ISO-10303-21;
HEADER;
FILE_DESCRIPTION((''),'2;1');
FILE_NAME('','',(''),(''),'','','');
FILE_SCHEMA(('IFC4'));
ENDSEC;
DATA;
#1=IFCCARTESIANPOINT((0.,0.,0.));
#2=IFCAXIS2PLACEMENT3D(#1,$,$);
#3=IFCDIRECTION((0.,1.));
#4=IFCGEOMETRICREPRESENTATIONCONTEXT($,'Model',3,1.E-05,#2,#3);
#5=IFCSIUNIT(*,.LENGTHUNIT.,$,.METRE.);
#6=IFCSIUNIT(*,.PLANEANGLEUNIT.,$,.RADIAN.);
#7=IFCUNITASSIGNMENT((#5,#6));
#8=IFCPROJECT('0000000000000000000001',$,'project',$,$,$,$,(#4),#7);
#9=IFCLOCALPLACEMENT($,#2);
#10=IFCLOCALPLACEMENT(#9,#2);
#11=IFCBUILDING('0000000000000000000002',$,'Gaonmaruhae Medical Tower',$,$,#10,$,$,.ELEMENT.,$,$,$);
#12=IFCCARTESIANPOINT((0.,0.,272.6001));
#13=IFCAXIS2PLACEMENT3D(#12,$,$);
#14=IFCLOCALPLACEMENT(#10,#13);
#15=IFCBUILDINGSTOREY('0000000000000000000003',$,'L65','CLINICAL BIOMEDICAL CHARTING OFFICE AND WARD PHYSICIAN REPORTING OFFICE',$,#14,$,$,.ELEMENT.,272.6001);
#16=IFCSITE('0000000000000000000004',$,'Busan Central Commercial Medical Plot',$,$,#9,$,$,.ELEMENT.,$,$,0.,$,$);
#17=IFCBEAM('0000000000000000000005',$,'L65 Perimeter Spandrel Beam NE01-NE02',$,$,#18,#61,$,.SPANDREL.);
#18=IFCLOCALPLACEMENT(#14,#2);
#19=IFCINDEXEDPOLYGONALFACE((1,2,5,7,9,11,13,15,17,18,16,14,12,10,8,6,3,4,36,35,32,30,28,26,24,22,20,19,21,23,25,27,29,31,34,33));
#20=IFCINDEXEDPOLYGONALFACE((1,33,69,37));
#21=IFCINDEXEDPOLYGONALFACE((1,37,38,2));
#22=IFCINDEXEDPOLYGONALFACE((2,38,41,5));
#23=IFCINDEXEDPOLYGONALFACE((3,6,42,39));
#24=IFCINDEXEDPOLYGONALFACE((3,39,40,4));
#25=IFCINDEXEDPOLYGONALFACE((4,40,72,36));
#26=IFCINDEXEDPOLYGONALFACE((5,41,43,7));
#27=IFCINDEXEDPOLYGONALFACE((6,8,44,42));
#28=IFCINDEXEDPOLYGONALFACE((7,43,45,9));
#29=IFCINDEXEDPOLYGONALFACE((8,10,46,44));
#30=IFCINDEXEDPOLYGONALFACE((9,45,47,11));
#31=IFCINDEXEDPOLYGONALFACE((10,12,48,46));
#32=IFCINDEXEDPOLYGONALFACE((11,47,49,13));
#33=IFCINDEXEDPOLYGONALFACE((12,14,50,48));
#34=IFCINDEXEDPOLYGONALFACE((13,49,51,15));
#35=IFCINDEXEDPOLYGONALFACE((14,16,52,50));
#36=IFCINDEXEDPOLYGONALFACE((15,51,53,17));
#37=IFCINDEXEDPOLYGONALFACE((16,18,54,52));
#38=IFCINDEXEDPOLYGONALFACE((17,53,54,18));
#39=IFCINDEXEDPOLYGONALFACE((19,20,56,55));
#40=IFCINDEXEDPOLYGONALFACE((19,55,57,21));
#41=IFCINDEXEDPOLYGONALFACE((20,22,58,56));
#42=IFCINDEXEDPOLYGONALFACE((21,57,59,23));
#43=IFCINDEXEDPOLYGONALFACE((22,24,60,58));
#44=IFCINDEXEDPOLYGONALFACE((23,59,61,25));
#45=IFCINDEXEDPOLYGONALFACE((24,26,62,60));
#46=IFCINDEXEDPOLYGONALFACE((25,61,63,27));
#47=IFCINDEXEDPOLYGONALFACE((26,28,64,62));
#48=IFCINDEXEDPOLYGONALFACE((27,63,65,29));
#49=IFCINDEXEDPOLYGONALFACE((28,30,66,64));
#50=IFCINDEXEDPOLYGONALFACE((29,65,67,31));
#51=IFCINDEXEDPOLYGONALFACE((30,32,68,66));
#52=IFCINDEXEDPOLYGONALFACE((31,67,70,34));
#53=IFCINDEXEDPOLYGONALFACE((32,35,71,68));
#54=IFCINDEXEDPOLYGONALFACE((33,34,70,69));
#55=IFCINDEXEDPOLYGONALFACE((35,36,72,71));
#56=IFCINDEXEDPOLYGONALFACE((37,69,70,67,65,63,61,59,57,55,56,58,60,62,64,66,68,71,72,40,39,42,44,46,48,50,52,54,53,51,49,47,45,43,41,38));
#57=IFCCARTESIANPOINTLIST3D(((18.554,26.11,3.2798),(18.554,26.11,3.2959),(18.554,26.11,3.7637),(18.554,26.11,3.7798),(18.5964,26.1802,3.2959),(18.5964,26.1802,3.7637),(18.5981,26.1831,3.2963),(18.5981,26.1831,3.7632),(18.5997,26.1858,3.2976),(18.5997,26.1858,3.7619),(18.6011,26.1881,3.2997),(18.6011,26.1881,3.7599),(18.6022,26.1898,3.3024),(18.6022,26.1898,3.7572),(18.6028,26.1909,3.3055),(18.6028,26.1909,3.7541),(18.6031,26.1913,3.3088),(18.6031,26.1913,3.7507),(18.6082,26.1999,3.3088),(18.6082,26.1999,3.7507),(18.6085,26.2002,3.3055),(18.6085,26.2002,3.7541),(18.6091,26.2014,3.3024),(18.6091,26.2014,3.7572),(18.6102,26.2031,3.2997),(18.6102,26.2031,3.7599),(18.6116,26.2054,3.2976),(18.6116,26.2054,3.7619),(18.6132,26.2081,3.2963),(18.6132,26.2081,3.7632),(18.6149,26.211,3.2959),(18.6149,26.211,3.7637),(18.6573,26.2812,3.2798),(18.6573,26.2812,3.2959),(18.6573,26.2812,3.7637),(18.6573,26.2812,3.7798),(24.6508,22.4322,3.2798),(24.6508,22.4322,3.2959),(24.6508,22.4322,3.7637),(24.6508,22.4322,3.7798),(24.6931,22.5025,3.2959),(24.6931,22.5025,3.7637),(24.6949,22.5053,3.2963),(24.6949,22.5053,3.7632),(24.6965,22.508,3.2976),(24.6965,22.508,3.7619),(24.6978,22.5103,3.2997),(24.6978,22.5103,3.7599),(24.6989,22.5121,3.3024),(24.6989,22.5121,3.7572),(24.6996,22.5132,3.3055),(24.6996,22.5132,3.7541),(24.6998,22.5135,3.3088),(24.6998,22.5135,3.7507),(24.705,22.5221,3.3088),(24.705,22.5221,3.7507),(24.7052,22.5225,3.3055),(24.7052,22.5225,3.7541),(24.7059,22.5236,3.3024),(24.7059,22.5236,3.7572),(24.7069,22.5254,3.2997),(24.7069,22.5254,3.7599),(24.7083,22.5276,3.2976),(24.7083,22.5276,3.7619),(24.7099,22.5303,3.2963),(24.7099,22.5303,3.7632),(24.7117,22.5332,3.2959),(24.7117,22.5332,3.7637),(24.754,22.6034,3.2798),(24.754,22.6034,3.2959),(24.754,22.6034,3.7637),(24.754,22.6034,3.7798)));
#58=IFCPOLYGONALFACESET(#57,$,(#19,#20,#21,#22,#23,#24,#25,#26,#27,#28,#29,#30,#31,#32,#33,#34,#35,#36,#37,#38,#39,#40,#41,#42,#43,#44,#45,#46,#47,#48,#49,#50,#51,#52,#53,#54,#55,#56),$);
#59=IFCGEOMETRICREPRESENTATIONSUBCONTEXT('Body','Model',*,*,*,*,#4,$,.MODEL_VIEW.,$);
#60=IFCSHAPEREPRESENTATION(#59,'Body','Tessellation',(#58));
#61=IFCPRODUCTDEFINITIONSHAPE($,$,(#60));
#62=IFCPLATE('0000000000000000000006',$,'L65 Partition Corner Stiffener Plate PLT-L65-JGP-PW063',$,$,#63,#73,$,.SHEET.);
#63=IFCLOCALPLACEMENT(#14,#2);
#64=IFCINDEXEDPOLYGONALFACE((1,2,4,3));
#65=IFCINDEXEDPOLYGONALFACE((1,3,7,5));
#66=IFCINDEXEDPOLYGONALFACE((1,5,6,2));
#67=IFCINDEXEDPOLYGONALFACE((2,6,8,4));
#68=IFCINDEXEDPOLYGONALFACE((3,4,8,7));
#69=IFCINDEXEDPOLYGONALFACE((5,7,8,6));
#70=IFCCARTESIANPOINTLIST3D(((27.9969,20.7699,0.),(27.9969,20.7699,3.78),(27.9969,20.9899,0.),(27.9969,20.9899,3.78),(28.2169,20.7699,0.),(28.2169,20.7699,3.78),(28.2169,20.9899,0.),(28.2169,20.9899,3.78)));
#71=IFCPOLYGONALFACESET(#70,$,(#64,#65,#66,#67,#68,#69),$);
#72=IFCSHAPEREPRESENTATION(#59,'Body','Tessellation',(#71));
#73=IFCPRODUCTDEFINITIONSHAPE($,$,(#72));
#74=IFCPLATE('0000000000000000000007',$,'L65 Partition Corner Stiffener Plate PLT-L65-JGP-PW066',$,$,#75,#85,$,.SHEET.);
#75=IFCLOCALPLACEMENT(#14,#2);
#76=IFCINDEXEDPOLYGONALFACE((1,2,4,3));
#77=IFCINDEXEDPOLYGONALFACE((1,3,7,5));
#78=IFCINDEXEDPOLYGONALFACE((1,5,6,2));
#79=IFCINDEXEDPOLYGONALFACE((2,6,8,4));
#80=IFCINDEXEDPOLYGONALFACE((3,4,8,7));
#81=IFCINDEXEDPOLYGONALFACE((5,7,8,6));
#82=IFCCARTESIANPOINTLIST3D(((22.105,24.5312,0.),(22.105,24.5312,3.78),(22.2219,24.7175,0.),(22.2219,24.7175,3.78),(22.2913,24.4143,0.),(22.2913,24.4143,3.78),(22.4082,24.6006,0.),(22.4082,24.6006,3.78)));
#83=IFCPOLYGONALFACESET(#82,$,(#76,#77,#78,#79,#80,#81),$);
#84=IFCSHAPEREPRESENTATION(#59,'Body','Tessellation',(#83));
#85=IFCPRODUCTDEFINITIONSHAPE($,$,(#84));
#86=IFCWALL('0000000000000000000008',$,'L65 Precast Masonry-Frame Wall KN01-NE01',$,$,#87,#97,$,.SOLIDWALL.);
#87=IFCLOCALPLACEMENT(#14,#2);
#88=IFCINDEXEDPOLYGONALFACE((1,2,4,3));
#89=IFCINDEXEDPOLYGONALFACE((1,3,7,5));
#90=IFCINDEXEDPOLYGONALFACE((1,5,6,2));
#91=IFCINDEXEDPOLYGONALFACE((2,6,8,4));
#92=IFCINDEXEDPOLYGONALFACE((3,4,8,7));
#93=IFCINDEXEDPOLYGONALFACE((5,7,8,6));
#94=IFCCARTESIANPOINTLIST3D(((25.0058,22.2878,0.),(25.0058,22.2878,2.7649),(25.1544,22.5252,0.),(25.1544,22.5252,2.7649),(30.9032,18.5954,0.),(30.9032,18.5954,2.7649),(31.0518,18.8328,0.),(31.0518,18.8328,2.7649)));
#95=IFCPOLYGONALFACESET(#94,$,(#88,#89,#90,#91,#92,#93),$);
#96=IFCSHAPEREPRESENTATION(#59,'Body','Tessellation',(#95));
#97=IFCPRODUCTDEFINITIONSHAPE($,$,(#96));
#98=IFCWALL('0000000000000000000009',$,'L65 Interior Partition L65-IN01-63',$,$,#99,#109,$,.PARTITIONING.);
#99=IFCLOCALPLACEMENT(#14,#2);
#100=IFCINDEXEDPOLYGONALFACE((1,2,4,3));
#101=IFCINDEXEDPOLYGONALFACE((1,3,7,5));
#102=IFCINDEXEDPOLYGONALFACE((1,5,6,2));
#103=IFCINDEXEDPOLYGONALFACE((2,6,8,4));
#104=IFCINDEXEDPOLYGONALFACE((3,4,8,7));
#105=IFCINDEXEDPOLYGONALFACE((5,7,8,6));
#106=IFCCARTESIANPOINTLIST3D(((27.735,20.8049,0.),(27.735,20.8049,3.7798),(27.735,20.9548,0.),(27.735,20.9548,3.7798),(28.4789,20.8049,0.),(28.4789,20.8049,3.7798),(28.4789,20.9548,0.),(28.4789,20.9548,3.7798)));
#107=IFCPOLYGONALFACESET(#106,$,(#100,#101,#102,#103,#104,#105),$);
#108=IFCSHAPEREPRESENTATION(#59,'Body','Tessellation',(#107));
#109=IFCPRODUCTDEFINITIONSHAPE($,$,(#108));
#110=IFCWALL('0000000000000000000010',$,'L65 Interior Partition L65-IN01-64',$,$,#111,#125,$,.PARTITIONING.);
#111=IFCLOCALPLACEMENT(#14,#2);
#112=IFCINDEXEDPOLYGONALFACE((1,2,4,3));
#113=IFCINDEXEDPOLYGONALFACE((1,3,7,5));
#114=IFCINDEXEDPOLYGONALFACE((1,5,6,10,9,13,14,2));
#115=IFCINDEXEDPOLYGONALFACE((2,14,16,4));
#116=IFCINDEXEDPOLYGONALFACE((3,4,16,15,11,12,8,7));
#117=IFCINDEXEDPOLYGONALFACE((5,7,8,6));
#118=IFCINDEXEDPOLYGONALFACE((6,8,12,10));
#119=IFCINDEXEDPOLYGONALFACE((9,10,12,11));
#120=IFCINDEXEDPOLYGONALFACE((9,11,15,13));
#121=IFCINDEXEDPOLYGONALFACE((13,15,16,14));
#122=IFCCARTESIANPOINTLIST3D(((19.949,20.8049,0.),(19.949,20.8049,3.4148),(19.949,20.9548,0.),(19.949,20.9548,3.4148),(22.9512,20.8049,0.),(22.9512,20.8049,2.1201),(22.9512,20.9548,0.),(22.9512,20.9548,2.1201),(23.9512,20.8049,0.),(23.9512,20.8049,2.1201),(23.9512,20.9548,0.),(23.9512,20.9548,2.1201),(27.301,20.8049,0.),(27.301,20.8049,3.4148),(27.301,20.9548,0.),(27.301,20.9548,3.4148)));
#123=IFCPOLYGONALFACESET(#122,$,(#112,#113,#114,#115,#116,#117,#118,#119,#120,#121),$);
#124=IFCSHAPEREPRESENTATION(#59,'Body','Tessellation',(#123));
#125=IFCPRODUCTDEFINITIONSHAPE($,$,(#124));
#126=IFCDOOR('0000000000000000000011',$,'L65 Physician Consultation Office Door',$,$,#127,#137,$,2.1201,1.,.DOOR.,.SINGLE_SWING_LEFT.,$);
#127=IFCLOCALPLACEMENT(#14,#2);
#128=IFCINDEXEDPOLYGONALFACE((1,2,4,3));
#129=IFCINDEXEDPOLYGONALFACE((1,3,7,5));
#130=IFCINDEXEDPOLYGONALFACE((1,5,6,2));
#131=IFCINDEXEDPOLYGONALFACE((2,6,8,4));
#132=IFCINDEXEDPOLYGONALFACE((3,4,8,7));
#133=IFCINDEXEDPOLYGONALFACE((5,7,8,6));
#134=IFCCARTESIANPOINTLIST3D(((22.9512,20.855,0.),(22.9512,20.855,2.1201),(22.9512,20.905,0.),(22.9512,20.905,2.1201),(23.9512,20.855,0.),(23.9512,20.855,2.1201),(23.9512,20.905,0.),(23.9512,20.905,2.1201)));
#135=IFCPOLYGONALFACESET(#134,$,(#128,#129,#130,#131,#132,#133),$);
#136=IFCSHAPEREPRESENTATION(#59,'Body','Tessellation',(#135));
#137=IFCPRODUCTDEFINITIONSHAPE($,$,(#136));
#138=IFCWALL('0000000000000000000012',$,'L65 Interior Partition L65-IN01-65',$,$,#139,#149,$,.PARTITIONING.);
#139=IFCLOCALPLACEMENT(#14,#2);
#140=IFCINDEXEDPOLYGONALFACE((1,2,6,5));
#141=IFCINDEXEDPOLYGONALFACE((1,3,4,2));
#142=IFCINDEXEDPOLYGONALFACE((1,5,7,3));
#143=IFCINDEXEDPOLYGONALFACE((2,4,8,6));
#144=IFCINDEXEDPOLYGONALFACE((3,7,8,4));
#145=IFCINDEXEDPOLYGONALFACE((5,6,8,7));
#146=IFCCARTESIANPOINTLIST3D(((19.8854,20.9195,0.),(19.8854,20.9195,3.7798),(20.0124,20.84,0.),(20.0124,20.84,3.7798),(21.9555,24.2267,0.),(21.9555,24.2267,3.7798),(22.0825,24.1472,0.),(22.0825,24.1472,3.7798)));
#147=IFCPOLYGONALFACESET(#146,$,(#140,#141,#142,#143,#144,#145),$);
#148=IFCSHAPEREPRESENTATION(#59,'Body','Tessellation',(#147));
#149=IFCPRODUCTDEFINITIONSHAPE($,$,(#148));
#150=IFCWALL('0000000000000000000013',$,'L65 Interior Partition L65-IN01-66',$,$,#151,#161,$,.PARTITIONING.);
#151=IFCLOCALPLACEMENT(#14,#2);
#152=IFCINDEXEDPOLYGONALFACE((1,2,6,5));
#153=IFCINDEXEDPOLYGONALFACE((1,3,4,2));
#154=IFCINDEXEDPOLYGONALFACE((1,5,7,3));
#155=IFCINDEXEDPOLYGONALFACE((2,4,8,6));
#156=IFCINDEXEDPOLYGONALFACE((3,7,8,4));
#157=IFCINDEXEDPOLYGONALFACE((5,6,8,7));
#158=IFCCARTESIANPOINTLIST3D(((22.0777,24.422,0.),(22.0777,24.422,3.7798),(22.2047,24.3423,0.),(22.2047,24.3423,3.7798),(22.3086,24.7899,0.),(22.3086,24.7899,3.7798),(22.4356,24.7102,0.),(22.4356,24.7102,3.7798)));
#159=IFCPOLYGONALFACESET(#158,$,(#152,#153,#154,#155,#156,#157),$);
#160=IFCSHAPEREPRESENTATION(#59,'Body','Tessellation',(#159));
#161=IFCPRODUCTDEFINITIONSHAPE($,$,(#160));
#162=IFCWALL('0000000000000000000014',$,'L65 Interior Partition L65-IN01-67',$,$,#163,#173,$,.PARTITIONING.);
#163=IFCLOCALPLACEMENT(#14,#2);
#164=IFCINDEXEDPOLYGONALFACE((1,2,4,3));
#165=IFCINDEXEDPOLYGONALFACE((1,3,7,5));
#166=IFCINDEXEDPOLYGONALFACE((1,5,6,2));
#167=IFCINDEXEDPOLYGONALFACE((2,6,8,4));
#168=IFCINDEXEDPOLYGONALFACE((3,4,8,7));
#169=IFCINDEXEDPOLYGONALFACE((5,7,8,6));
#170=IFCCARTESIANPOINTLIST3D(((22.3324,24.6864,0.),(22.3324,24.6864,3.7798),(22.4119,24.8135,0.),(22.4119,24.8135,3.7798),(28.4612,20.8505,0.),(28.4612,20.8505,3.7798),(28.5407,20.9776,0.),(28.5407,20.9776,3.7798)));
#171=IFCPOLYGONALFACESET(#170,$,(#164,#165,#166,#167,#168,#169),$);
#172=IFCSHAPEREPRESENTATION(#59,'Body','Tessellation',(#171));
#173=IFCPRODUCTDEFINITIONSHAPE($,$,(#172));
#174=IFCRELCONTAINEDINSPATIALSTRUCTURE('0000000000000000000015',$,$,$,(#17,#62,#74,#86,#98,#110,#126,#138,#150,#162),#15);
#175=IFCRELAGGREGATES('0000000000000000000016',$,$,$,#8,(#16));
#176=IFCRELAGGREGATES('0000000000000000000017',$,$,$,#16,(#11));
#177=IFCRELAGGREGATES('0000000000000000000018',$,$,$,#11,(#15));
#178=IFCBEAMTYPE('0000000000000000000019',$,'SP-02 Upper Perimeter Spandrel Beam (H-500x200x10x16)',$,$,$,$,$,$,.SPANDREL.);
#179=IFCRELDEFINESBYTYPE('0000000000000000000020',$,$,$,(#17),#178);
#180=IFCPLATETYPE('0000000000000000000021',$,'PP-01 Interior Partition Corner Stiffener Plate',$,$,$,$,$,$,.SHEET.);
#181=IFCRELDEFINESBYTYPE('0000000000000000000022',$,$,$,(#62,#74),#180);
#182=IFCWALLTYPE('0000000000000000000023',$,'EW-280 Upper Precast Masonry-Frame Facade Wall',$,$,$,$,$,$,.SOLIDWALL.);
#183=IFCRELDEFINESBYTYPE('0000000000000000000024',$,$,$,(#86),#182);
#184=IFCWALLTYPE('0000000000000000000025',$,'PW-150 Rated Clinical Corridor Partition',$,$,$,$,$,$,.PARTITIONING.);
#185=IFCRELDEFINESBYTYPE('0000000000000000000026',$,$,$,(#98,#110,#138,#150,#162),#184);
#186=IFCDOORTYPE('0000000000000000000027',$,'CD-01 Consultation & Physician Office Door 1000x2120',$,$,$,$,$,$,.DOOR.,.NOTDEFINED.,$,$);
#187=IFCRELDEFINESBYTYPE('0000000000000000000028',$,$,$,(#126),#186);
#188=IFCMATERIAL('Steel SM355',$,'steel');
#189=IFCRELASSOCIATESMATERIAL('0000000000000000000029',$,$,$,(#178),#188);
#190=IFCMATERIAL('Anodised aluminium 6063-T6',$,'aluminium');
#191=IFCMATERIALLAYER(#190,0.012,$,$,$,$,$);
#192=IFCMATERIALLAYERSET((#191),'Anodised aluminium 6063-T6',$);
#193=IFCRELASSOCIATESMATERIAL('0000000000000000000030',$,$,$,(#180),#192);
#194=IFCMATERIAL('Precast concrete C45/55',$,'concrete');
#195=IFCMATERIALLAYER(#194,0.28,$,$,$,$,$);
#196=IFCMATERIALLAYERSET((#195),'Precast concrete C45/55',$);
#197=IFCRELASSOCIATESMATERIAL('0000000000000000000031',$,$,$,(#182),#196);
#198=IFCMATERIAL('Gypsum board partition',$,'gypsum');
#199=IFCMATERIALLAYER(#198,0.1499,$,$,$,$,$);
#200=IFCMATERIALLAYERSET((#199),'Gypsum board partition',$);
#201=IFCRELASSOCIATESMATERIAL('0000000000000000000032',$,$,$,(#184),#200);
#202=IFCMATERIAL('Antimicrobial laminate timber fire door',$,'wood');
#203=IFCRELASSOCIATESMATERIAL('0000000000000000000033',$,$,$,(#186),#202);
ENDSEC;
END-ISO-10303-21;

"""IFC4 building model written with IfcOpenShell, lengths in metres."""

from ifc_helpers import new_model, si_unit, direction, frame, frame_2d, origin, origin_2d, place, context, subcontext, project, spatial, rectangle, i_section, extrude, material, layer, layer_set, material_profile, profile_set, type_object, element, fill, save


model = new_model("IFC4")

# Units and contexts
model_context = context("Model", 3, precision=1e-05, world=origin(), true_north=direction((0.0, 1.0)))
body_context = subcontext(model_context, "Body", "Model", "MODEL_VIEW")
ifc_project = project(units=[si_unit("LENGTHUNIT", "METRE"), si_unit("PLANEANGLEUNIT", "RADIAN")], contexts=[model_context])

# Site, building, storey
site_placement = place(None, origin())
site = spatial("IfcSite", under=ifc_project, at=site_placement, Name="Busan Central Commercial Medical Plot", CompositionType="ELEMENT", RefElevation=0.0)
building_placement = place(site_placement, origin())
building = spatial("IfcBuilding", under=site, at=building_placement, Name="Gaonmaruhae Medical Tower", CompositionType="ELEMENT")
storey_placement = place(building_placement, frame((0.0, 0.0, 272.6001)))
storey = spatial("IfcBuildingStorey", under=building, at=storey_placement, Name="L65", Description="CLINICAL BIOMEDICAL CHARTING OFFICE AND WARD PHYSICIAN REPORTING OFFICE", CompositionType="ELEMENT", Elevation=272.6001)

# Beam
ifc_material_1 = material(Name="Steel SM355", Category="steel")
ifc_material_profile_1 = material_profile(ifc_material_1, i_section(OverallWidth=0.2, OverallDepth=0.5, WebThickness=0.01, FlangeThickness=0.0161, FilletRadius=0.0129, at=origin_2d()), Name="H-500x200x10x16")
ifc_profile_set_1 = profile_set([ifc_material_profile_1], Name="Steel SM355")
beam_type_1 = type_object("IfcBeamType", Name="SP-02 Upper Perimeter Spandrel Beam (H-500x200x10x16)", PredefinedType="SPANDREL", material=ifc_profile_set_1)
beam_1_placement = place(storey_placement, frame((24.7024, 22.5178, 3.5298), z_axis=(-0.856268, 0.516531, 0.0), x_axis=(-0.516531, -0.856268, 0.0)))
element("IfcBeam", 1, at=beam_1_placement, inside=storey, type_object=beam_type_1, Name="L65 Perimeter Spandrel Beam NE01-NE02", PredefinedType="SPANDREL", context=body_context, shape_type="SweptSolid", body=[
    extrude(i_section(OverallWidth=0.2, OverallDepth=0.5, WebThickness=0.01, FlangeThickness=0.0161, FilletRadius=0.0129, at=origin_2d()), origin(), (0.0, 0.0, 1.0), 7.1201),
])

# Plates
ifc_material_2 = material(Name="Anodised aluminium 6063-T6", Category="aluminium")
ifc_layer_1 = layer(ifc_material_2, 0.012)
ifc_layer_set_1 = layer_set([ifc_layer_1], Name="Anodised aluminium 6063-T6")
plate_type = type_object("IfcPlateType", Name="PP-01 Interior Partition Corner Stiffener Plate", PredefinedType="SHEET", material=ifc_layer_set_1)
for number, where, z_axis, x_axis, name in (
    (2, (28.1069, 20.8799, 0.0), (0.0, 0.0, 1.0), (-1.0, 0.0, 0.0), "L65 Partition Corner Stiffener Plate PLT-L65-JGP-PW063"),
    (3, (22.2566, 24.5659, 0.0), (0.0, 0.0, 1.0), (0.53165, 0.846964, 0.0), "L65 Partition Corner Stiffener Plate PLT-L65-JGP-PW066"),
):
    element("IfcPlate", number, at=place(storey_placement, frame(where, z_axis=z_axis, x_axis=x_axis)), inside=storey, type_object=plate_type, Name=name, PredefinedType="SHEET", context=body_context, shape_type="SweptSolid", body=[
        extrude(rectangle(XDim=0.22, YDim=0.22, at=origin_2d()), origin(), (0.0, 0.0, 1.0), 3.78),
    ])

# Walls
ifc_material_3 = material(Name="Precast concrete C45/55", Category="concrete")
ifc_layer_2 = layer(ifc_material_3, 0.28)
ifc_layer_set_2 = layer_set([ifc_layer_2], Name="Precast concrete C45/55")
wall_type_1 = type_object("IfcWallType", Name="EW-280 Upper Precast Masonry-Frame Facade Wall", PredefinedType="SOLIDWALL", material=ifc_layer_set_2)
wall_1_placement = place(storey_placement, frame((25.0801, 22.4065, 0.0), z_axis=(0.0, 0.0, 1.0), x_axis=(0.84758, -0.530667, 0.0)))
element("IfcWall", 4, at=wall_1_placement, inside=storey, type_object=wall_type_1, Name="L65 Precast Masonry-Frame Wall KN01-NE01", PredefinedType="SOLIDWALL", context=body_context, shape_type="SweptSolid", body=[
    extrude(rectangle(XDim=6.958, YDim=0.28, at=frame_2d((3.479, 0.0))), origin(), (0.0, 0.0, 1.0), 2.7649),
])
ifc_material_4 = material(Name="Gypsum board partition", Category="gypsum")
ifc_layer_3 = layer(ifc_material_4, 0.1499)
ifc_layer_set_3 = layer_set([ifc_layer_3], Name="Gypsum board partition")
wall_type_2 = type_object("IfcWallType", Name="PW-150 Rated Clinical Corridor Partition", PredefinedType="PARTITIONING", material=ifc_layer_set_3)
wall_2_placement = place(storey_placement, frame((28.479, 20.8799, 0.0), z_axis=(0.0, 0.0, 1.0), x_axis=(-1.0, 0.0, 0.0)))
element("IfcWall", 5, at=wall_2_placement, inside=storey, type_object=wall_type_2, Name="L65 Interior Partition L65-IN01-63", PredefinedType="PARTITIONING", context=body_context, shape_type="SweptSolid", body=[
    extrude(rectangle(XDim=0.7439, YDim=0.1499, at=frame_2d((0.3721, 0.0))), origin(), (0.0, 0.0, 1.0), 3.7798),
])

# Wall, opening, door
wall_3_placement = place(storey_placement, frame((27.301, 20.8799, 0.0), z_axis=(0.0, 0.0, 1.0), x_axis=(-1.0, 0.0, 0.0)))
wall_3 = element("IfcWall", 6, at=wall_3_placement, inside=storey, type_object=wall_type_2, Name="L65 Interior Partition L65-IN01-64", PredefinedType="PARTITIONING", context=body_context, shape_type="SweptSolid", body=[
    extrude(rectangle(XDim=7.3521, YDim=0.1499, at=frame_2d((3.676, 0.0))), origin(), (0.0, 0.0, 1.0), 3.4148),
])
opening_1_placement = place(wall_3_placement, frame((3.3499, 0.0, 0.0)))
opening_1 = element("IfcOpeningElement", 7, at=opening_1_placement, cuts=wall_3, PredefinedType="OPENING", context=body_context, shape_type="SweptSolid", body=[
    extrude(rectangle(XDim=1.0, YDim=2.1201, at=frame_2d((0.5, 1.0601))), frame((0.0, 0.085, 0.0), z_axis=(0.0, -1.0, 0.0), x_axis=(1.0, 0.0, 0.0)), (0.0, 0.0, 1.0), 0.1699),
])
ifc_material_5 = material(Name="Antimicrobial laminate timber fire door", Category="wood")
door_type_1 = type_object("IfcDoorType", Name="CD-01 Consultation & Physician Office Door 1000x2120", OperationType="NOTDEFINED", PredefinedType="DOOR", material=ifc_material_5)
door_1_placement = place(opening_1_placement, origin())
door_1 = element("IfcDoor", 8, at=door_1_placement, inside=storey, type_object=door_type_1, Name="L65 Physician Consultation Office Door", OperationType="SINGLE_SWING_LEFT", OverallHeight=2.1201, OverallWidth=1.0, PredefinedType="DOOR", context=body_context, shape_type="SweptSolid", body=[
    extrude(rectangle(XDim=1.0, YDim=2.1201, at=frame_2d((0.5, 1.0601))), frame((0.0, 0.0249, 0.0), z_axis=(0.0, -1.0, 0.0), x_axis=(1.0, 0.0, 0.0)), (0.0, 0.0, 1.0), 0.05),
])
fill(opening_1, door_1)

# Walls
wall_4_placement = place(storey_placement, frame((19.949, 20.8799, 0.0), z_axis=(0.0, 0.0, 1.0), x_axis=(0.530573, 0.84764, 0.0)))
element("IfcWall", 9, at=wall_4_placement, inside=storey, type_object=wall_type_2, Name="L65 Interior Partition L65-IN01-65", PredefinedType="PARTITIONING", context=body_context, shape_type="SweptSolid", body=[
    extrude(rectangle(XDim=3.9016, YDim=0.1499, at=frame_2d((1.9507, 0.0))), origin(), (0.0, 0.0, 1.0), 3.7798),
])
wall_5_placement = place(storey_placement, frame((22.1411, 24.3821, 0.0), z_axis=(0.0, 0.0, 1.0), x_axis=(0.531665, 0.846955, 0.0)))
element("IfcWall", 10, at=wall_5_placement, inside=storey, type_object=wall_type_2, Name="L65 Interior Partition L65-IN01-66", PredefinedType="PARTITIONING", context=body_context, shape_type="SweptSolid", body=[
    extrude(rectangle(XDim=0.4343, YDim=0.1499, at=frame_2d((0.2173, 0.0))), origin(), (0.0, 0.0, 1.0), 3.7798),
])
wall_6_placement = place(storey_placement, frame((22.3721, 24.75, 0.0), z_axis=(0.0, 0.0, 1.0), x_axis=(0.847664, -0.530533, 0.0)))
element("IfcWall", 11, at=wall_6_placement, inside=storey, type_object=wall_type_2, Name="L65 Interior Partition L65-IN01-67", PredefinedType="PARTITIONING", context=body_context, shape_type="SweptSolid", body=[
    extrude(rectangle(XDim=7.2302, YDim=0.1499, at=frame_2d((3.6152, 0.0))), origin(), (0.0, 0.0, 1.0), 3.7798),
])

save(model, "model.ifc")
